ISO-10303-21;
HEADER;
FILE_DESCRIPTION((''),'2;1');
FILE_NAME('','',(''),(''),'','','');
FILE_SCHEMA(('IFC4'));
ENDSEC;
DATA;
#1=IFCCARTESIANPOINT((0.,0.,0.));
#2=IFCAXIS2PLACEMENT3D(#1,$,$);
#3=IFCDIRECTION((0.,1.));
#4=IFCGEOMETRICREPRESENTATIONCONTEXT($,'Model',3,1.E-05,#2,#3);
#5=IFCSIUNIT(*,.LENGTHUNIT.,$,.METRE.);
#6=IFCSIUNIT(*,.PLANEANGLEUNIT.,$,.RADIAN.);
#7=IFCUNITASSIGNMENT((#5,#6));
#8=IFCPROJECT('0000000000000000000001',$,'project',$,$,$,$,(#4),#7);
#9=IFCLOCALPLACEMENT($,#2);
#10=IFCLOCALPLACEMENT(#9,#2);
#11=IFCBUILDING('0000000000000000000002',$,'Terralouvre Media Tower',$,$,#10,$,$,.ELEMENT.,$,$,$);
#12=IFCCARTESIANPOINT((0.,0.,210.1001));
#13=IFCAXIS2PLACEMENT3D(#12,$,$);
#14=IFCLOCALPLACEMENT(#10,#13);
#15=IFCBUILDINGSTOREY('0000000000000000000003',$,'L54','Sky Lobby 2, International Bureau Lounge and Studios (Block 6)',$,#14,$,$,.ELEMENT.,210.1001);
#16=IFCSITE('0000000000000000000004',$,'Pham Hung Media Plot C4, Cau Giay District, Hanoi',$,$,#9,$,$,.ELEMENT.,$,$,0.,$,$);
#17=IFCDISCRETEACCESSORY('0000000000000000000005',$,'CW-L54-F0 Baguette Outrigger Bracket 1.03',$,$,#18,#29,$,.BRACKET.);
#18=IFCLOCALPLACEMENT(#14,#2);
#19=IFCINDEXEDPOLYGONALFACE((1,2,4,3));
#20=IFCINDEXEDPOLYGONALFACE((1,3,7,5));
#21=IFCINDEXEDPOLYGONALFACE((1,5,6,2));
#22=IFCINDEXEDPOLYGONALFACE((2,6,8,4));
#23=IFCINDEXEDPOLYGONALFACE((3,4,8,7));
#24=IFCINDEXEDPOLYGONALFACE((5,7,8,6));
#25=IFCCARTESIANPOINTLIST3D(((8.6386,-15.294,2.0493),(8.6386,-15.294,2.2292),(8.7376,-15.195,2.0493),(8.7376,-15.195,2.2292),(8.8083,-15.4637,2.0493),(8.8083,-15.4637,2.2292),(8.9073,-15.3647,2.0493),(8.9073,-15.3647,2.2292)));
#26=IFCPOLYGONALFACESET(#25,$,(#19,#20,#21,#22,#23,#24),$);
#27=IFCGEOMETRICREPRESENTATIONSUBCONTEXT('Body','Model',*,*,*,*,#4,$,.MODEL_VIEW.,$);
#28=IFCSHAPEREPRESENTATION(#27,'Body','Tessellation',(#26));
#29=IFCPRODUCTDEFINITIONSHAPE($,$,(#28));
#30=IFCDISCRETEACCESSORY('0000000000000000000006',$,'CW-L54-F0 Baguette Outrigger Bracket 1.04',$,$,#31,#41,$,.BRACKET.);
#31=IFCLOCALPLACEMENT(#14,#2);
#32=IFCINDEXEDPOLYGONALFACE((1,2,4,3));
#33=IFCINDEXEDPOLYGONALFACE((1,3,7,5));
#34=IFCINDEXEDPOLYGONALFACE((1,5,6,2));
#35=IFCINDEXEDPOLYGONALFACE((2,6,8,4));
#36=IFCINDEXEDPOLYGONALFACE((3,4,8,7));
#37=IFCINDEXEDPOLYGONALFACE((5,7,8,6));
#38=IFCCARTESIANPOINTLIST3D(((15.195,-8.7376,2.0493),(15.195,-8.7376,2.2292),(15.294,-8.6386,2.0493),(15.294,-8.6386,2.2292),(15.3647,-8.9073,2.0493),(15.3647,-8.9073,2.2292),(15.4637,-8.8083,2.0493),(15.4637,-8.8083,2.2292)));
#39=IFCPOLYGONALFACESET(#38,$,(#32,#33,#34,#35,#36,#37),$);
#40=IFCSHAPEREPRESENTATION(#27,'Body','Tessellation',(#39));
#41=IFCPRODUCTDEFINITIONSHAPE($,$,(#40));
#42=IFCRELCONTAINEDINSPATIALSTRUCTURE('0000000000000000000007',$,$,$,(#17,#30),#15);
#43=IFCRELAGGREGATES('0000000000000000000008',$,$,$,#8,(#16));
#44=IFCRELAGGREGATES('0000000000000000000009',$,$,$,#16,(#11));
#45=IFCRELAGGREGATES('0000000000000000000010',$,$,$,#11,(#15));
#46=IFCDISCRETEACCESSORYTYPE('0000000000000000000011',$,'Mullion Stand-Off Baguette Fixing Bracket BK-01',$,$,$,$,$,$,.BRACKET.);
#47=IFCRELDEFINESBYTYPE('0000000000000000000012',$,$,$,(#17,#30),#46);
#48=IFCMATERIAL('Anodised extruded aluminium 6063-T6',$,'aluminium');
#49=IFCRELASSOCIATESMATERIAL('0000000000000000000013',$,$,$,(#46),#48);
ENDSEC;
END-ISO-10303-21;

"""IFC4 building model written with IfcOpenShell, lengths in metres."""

from ifc_helpers import new_model, si_unit, direction, frame, origin, origin_2d, place, context, subcontext, project, spatial, rectangle, extrude, material, type_object, element, save


model = new_model("IFC4")

# Units and contexts
model_context = context("Model", 3, precision=1e-05, world=origin(), true_north=direction((0.0, 1.0)))
body_context = subcontext(model_context, "Body", "Model", "MODEL_VIEW")
ifc_project = project(units=[si_unit("LENGTHUNIT", "METRE"), si_unit("PLANEANGLEUNIT", "RADIAN")], contexts=[model_context])

# Site, building, storey
site_placement = place(None, origin())
site = spatial("IfcSite", under=ifc_project, at=site_placement, Name="Pham Hung Media Plot C4, Cau Giay District, Hanoi", CompositionType="ELEMENT", RefElevation=0.0)
building_placement = place(site_placement, origin())
building = spatial("IfcBuilding", under=site, at=building_placement, Name="Terralouvre Media Tower", CompositionType="ELEMENT")
storey_placement = place(building_placement, frame((0.0, 0.0, 210.1001)))
storey = spatial("IfcBuildingStorey", under=building, at=storey_placement, Name="L54", Description="Sky Lobby 2, International Bureau Lounge and Studios (Block 6)", CompositionType="ELEMENT", Elevation=210.1001)

# Discrete accessories
ifc_material_1 = material(Name="Anodised extruded aluminium 6063-T6", Category="aluminium")
discrete_accessory_type = type_object("IfcDiscreteAccessoryType", Name="Mullion Stand-Off Baguette Fixing Bracket BK-01", PredefinedType="BRACKET", material=ifc_material_1)
for number, where, z_axis, x_axis, name in (
    (1, (8.7729, -15.3293, 2.0493), (0.0, 0.0, 1.0), (0.707107, 0.707107, 0.0), "CW-L54-F0 Baguette Outrigger Bracket 1.03"),
    (2, (15.3293, -8.7729, 2.0493), (0.0, 0.0, 1.0), (0.707107, 0.707107, 0.0), "CW-L54-F0 Baguette Outrigger Bracket 1.04"),
):
    element("IfcDiscreteAccessory", number, at=place(storey_placement, frame(where, z_axis=z_axis, x_axis=x_axis)), inside=storey, type_object=discrete_accessory_type, Name=name, PredefinedType="BRACKET", context=body_context, shape_type="SweptSolid", body=[
        extrude(rectangle(XDim=0.1399, YDim=0.24, at=origin_2d()), origin(), (0.0, 0.0, 1.0), 0.1799),
    ])

save(model, "model.ifc")
